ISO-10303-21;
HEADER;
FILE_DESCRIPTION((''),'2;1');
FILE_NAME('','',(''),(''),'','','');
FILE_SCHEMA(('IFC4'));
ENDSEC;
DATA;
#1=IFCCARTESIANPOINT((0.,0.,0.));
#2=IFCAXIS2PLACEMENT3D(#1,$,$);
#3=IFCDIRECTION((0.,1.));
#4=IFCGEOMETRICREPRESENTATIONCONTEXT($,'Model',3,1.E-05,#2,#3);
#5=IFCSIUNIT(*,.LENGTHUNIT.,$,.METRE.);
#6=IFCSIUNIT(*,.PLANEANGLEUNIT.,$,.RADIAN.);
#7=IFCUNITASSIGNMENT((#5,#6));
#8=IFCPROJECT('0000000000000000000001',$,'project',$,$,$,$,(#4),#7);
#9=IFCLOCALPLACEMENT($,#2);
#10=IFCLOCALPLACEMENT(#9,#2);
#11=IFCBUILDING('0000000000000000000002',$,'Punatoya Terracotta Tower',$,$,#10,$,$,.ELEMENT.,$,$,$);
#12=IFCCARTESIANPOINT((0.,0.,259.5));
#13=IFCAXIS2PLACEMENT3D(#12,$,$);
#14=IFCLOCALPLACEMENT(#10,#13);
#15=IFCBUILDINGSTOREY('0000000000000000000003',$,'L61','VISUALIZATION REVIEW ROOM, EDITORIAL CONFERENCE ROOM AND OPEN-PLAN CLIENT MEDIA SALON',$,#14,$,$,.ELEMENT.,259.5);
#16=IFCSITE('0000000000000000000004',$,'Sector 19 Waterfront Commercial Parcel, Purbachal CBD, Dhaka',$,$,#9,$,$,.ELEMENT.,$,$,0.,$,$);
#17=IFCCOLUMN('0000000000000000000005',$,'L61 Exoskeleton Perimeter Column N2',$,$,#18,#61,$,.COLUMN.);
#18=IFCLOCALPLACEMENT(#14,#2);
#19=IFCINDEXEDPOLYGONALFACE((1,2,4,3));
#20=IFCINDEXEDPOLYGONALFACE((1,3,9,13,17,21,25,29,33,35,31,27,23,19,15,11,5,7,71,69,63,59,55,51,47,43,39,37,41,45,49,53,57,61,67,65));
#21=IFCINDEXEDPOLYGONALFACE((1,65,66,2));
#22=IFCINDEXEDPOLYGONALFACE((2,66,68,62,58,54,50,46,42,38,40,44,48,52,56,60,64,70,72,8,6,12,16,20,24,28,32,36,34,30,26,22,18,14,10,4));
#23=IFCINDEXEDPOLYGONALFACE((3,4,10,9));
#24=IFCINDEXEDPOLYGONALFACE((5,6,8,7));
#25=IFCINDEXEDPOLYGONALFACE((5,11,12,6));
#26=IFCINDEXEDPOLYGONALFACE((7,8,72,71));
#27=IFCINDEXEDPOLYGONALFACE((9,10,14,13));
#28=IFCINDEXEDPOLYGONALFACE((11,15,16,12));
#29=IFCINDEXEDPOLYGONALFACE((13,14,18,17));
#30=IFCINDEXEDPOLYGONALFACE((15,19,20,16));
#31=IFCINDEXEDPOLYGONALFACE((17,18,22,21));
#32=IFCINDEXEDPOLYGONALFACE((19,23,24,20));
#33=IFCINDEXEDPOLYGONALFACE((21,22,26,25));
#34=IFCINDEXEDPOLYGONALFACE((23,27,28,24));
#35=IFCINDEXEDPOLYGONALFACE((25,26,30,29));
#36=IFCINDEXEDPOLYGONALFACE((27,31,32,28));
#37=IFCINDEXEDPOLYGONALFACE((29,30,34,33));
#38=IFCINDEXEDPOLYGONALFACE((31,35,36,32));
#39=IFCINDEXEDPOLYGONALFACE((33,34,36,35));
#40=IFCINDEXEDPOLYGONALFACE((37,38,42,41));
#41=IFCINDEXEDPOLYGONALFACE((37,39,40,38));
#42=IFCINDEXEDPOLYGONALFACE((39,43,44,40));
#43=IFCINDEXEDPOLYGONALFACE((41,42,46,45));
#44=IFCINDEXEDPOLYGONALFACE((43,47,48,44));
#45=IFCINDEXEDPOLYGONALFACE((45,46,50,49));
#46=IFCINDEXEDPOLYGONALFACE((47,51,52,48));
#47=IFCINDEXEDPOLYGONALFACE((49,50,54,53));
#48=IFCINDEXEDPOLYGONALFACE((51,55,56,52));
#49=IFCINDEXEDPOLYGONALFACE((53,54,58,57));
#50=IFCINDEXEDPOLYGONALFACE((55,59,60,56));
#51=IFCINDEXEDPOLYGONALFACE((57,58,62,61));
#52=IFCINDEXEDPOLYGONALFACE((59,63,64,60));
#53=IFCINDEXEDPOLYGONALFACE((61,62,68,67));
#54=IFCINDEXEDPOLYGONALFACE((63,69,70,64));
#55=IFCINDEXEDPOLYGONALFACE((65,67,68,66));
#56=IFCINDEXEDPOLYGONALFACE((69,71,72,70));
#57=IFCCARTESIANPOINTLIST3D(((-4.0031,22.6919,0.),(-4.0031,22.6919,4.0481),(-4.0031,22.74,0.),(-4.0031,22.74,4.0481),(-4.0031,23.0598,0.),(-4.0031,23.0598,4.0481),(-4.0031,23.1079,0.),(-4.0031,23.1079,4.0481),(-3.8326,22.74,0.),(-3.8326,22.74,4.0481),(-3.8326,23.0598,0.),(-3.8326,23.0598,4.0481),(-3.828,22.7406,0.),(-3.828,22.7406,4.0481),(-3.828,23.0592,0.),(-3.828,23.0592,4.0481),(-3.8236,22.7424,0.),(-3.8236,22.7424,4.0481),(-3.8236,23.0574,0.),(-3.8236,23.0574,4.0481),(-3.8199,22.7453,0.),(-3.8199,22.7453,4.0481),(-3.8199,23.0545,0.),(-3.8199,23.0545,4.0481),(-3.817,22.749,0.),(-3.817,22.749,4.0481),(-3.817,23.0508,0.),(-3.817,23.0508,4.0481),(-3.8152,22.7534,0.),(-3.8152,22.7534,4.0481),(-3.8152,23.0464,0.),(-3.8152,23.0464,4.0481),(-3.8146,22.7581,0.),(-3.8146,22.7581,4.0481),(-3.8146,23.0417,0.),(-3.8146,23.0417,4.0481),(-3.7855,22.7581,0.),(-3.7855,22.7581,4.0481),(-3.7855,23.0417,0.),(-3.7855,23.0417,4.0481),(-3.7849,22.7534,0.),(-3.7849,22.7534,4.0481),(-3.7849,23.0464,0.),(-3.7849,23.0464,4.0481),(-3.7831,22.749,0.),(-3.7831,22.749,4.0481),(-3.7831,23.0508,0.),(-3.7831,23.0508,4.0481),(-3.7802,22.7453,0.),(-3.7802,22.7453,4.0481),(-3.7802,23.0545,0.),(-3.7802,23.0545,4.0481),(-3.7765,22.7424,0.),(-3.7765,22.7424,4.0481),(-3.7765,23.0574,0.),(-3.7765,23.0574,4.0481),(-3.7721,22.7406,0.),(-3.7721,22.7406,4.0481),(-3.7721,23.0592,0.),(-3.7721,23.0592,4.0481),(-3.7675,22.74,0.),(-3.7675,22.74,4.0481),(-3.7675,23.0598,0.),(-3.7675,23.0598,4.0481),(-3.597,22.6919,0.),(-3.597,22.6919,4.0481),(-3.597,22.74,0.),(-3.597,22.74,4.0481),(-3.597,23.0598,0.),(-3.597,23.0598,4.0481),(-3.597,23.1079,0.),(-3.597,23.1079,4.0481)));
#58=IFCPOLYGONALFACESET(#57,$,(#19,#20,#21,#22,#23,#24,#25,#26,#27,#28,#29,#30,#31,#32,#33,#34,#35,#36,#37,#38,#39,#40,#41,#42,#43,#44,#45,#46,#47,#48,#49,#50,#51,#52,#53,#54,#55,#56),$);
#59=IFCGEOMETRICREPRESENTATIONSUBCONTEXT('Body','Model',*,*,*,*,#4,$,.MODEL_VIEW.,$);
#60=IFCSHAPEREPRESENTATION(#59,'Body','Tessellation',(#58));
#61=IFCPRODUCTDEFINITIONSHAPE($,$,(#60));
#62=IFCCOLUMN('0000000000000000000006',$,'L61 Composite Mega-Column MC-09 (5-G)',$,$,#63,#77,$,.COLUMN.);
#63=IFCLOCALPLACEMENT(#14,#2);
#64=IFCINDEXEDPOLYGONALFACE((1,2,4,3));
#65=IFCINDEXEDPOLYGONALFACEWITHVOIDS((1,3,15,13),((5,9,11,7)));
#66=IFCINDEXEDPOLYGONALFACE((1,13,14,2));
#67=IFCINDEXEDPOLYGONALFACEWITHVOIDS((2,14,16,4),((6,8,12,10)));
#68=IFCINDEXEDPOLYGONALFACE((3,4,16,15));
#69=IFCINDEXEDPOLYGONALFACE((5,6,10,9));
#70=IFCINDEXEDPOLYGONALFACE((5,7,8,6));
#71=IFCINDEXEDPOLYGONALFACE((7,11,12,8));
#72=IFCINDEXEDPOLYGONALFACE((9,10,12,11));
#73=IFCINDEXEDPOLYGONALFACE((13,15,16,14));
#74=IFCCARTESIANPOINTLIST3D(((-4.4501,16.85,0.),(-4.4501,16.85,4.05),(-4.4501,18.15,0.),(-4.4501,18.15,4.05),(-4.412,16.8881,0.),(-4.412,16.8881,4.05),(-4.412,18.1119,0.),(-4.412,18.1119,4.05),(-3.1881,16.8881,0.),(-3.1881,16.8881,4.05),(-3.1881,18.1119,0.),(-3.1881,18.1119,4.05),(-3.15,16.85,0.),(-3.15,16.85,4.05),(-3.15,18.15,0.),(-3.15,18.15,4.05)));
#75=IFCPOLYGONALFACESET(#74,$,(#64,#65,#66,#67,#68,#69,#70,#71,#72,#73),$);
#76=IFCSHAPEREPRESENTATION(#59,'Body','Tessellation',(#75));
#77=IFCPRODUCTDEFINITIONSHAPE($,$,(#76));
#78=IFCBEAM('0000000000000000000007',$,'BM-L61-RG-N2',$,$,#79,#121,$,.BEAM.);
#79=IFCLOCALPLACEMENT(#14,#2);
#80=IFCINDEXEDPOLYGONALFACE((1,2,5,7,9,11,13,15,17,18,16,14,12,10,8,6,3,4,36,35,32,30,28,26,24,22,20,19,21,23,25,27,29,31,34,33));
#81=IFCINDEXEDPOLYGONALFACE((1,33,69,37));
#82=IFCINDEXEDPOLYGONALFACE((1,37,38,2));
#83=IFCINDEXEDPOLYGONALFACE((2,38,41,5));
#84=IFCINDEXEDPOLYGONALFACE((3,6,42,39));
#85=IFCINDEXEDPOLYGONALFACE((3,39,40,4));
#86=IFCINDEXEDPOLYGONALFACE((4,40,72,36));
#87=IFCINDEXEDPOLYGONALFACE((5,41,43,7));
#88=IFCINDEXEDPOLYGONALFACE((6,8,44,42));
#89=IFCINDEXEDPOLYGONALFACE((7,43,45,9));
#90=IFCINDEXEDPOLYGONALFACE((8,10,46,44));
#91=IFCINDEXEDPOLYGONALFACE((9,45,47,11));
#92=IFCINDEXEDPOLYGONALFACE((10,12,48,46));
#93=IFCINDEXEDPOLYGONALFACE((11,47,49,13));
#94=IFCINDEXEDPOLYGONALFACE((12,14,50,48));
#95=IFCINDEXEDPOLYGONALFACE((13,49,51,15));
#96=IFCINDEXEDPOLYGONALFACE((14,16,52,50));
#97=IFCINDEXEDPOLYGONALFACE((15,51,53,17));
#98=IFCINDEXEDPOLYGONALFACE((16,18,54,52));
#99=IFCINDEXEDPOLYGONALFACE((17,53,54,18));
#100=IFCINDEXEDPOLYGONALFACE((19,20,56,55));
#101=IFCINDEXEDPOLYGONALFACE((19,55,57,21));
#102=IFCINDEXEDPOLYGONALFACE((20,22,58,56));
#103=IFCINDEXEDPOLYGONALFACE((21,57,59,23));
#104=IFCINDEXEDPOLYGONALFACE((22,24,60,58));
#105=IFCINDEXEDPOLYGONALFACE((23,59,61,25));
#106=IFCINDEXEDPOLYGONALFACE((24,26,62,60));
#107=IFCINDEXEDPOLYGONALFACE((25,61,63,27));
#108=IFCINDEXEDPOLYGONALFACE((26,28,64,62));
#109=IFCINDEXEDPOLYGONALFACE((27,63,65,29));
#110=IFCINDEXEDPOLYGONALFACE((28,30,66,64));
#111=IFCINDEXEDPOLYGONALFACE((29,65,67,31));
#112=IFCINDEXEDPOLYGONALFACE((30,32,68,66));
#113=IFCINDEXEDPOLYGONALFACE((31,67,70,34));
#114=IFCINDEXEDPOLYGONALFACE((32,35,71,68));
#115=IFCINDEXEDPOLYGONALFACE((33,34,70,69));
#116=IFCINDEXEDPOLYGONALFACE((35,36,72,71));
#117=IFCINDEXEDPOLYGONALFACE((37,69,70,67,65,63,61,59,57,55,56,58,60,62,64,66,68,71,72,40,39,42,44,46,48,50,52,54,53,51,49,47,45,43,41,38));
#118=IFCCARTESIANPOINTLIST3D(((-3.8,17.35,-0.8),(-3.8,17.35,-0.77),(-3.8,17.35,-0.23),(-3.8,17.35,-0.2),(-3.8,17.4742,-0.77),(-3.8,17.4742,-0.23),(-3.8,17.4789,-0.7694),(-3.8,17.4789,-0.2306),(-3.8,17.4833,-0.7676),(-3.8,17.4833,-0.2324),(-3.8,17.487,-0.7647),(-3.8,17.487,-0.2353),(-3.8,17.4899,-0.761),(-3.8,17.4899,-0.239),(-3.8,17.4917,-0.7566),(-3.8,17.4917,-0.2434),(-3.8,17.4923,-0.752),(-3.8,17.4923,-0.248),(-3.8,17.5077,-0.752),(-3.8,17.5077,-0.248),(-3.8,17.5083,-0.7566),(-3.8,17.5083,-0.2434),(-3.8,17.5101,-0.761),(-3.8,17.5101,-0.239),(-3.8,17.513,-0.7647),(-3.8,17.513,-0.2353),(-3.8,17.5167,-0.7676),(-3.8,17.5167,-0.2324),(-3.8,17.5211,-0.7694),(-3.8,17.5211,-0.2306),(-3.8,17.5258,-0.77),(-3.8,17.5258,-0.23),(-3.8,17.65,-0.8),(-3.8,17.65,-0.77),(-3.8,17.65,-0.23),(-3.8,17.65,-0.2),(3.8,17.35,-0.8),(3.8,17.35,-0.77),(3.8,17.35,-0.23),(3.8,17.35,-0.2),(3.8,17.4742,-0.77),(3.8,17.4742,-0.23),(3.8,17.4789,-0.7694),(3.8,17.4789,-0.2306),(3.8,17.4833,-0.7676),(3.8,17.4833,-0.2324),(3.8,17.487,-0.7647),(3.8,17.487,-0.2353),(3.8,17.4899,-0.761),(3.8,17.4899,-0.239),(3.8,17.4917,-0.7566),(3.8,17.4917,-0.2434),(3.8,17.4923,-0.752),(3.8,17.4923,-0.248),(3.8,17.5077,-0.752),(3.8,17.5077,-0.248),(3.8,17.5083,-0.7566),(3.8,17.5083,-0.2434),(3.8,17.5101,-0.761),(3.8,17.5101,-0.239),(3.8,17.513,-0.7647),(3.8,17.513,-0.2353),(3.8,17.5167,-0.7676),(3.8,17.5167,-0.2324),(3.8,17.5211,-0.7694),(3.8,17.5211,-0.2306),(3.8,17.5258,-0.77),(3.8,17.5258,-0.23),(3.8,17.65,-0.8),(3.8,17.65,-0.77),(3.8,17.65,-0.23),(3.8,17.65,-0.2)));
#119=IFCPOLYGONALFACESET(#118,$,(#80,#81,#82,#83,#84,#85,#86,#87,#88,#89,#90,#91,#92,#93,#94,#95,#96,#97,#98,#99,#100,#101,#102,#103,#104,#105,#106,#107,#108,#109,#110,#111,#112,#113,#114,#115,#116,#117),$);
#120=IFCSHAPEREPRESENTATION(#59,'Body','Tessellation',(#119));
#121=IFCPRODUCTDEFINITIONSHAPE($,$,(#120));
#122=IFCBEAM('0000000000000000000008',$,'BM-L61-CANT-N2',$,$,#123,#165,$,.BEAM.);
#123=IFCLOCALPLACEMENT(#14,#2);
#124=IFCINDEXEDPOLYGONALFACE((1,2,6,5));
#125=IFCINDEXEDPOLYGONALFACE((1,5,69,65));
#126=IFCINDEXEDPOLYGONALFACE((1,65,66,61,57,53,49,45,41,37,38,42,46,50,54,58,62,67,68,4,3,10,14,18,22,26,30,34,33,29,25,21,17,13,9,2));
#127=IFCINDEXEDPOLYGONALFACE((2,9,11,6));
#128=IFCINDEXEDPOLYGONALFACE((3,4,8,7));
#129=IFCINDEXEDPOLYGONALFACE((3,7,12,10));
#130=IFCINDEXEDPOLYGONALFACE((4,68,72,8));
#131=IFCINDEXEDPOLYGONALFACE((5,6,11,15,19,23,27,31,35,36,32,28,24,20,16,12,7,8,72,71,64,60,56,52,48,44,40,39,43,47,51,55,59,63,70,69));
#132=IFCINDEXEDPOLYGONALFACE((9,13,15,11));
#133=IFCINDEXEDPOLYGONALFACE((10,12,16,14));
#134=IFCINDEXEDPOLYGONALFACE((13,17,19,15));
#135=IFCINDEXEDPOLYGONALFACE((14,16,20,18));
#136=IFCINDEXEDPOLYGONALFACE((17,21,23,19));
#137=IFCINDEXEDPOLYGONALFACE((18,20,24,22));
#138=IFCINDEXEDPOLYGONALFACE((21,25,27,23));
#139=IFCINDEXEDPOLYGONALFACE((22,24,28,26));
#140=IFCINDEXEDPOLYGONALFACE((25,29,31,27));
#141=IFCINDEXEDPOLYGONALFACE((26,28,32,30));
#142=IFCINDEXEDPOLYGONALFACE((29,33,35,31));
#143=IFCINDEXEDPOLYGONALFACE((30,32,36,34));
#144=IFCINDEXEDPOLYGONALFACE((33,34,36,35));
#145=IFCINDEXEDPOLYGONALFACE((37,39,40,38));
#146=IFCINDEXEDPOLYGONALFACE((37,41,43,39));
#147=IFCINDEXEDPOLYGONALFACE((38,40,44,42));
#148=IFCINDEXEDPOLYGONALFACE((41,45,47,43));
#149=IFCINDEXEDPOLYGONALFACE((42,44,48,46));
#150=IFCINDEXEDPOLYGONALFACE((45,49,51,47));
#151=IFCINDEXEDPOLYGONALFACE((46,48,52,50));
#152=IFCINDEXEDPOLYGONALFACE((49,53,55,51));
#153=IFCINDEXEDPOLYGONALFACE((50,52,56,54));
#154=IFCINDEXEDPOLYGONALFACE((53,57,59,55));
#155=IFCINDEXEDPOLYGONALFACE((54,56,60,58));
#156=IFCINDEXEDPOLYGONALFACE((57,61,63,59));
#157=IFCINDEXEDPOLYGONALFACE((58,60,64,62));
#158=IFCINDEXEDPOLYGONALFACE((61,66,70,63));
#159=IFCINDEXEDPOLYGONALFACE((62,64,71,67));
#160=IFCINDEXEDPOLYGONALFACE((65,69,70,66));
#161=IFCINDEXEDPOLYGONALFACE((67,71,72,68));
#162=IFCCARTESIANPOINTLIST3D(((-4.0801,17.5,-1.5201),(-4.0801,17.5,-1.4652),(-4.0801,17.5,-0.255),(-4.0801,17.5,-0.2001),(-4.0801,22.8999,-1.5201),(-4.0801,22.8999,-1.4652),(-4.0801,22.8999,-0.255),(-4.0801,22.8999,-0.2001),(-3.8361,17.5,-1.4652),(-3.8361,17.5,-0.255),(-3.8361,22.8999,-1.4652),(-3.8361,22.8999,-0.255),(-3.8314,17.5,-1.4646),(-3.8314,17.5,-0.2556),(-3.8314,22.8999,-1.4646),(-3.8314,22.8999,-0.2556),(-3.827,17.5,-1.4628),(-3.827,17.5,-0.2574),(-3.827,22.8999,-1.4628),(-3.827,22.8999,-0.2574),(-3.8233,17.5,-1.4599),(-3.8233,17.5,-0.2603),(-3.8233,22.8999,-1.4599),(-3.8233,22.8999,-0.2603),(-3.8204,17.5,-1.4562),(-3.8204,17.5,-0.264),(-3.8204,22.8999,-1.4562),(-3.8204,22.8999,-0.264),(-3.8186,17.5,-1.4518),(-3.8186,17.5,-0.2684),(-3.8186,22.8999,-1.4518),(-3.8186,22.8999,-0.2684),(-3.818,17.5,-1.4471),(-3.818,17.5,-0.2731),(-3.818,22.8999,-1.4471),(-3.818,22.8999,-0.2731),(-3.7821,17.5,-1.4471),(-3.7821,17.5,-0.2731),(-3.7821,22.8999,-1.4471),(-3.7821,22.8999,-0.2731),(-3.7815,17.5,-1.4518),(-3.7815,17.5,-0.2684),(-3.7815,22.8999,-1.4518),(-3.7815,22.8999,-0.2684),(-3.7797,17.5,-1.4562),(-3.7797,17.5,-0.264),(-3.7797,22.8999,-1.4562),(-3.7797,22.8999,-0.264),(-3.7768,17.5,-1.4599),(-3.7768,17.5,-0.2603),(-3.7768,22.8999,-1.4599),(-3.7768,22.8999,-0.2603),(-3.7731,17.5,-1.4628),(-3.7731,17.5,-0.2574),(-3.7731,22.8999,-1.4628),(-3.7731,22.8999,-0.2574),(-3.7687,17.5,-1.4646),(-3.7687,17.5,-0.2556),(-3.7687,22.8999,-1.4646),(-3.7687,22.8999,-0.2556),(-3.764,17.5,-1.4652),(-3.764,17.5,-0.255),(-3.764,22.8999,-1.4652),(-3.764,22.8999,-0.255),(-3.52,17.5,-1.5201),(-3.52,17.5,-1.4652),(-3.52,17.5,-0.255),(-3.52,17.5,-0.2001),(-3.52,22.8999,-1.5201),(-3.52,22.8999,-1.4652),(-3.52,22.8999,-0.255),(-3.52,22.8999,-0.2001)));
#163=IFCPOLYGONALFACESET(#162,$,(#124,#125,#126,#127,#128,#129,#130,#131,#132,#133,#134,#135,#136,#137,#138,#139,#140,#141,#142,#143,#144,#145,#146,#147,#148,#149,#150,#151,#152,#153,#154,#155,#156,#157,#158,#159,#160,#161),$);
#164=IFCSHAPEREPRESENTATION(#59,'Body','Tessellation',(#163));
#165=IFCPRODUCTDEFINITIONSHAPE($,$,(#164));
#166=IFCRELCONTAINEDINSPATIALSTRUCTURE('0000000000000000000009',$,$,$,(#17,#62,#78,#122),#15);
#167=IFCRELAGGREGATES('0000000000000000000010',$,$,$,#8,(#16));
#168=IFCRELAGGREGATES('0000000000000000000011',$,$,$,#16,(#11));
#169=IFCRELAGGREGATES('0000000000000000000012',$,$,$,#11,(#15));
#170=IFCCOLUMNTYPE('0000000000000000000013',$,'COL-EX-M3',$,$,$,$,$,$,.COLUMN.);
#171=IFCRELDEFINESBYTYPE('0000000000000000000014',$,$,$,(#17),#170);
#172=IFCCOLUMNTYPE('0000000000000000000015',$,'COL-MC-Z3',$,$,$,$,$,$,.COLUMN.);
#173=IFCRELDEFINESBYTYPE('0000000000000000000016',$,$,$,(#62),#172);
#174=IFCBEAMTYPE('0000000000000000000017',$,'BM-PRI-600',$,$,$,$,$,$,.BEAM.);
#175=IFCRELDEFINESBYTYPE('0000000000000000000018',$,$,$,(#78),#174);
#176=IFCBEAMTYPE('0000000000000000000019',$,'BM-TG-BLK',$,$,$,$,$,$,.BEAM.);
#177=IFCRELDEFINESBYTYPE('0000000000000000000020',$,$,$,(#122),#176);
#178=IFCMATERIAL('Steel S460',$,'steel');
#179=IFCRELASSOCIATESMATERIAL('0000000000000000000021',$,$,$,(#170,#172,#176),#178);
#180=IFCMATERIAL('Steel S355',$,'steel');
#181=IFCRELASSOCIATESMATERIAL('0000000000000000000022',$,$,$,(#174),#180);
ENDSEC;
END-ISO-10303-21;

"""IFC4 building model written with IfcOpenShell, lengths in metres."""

from ifc_helpers import new_model, si_unit, direction, frame, origin, origin_2d, place, context, subcontext, project, spatial, hollow_rectangle, i_section, extrude, material, material_profile, profile_set, type_object, element, save


model = new_model("IFC4")

# Units and contexts
model_context = context("Model", 3, precision=1e-05, world=origin(), true_north=direction((0.0, 1.0)))
body_context = subcontext(model_context, "Body", "Model", "MODEL_VIEW")
ifc_project = project(units=[si_unit("LENGTHUNIT", "METRE"), si_unit("PLANEANGLEUNIT", "RADIAN")], contexts=[model_context])

# Site, building, storey
site_placement = place(None, origin())
site = spatial("IfcSite", under=ifc_project, at=site_placement, Name="Sector 19 Waterfront Commercial Parcel, Purbachal CBD, Dhaka", CompositionType="ELEMENT", RefElevation=0.0)
building_placement = place(site_placement, origin())
building = spatial("IfcBuilding", under=site, at=building_placement, Name="Punatoya Terracotta Tower", CompositionType="ELEMENT")
storey_placement = place(building_placement, frame((0.0, 0.0, 259.5)))
storey = spatial("IfcBuildingStorey", under=building, at=storey_placement, Name="L61", Description="VISUALIZATION REVIEW ROOM, EDITORIAL CONFERENCE ROOM AND OPEN-PLAN CLIENT MEDIA SALON", CompositionType="ELEMENT", Elevation=259.5)

# Columns
ifc_material_1 = material(Name="Steel S460", Category="steel")
ifc_material_profile_1 = material_profile(ifc_material_1, i_section(OverallWidth=0.406, OverallDepth=0.416, WebThickness=0.0291, FlangeThickness=0.0481, FilletRadius=0.0181, at=origin_2d()))
ifc_profile_set_1 = profile_set([ifc_material_profile_1], Name="Steel S460")
column_type_1 = type_object("IfcColumnType", Name="COL-EX-M3", PredefinedType="COLUMN", material=ifc_profile_set_1)
column_1_placement = place(storey_placement, frame((-3.8, 22.8999, 0.0), z_axis=(0.0, 0.0, 1.0), x_axis=(1.0, 0.0, 0.0)))
element("IfcColumn", 1, at=column_1_placement, inside=storey, type_object=column_type_1, Name="L61 Exoskeleton Perimeter Column N2", PredefinedType="COLUMN", context=body_context, shape_type="SweptSolid", body=[
    extrude(i_section(OverallWidth=0.406, OverallDepth=0.416, WebThickness=0.0291, FlangeThickness=0.0481, FilletRadius=0.0181, at=origin_2d()), origin(), (0.0, 0.0, 1.0), 4.0481),
])
ifc_material_profile_2 = material_profile(ifc_material_1, hollow_rectangle(XDim=1.3, YDim=1.3, WallThickness=0.0381, at=origin_2d()))
ifc_profile_set_2 = profile_set([ifc_material_profile_2], Name="Steel S460")
column_type_2 = type_object("IfcColumnType", Name="COL-MC-Z3", PredefinedType="COLUMN", material=ifc_profile_set_2)
column_2_placement = place(storey_placement, frame((-3.8, 17.5, 0.0), z_axis=(0.0, 0.0, 1.0), x_axis=(1.0, 0.0, 0.0)))
element("IfcColumn", 2, at=column_2_placement, inside=storey, type_object=column_type_2, Name="L61 Composite Mega-Column MC-09 (5-G)", PredefinedType="COLUMN", context=body_context, shape_type="SweptSolid", body=[
    extrude(hollow_rectangle(XDim=1.3, YDim=1.3, WallThickness=0.0381, at=origin_2d()), origin(), (0.0, 0.0, 1.0), 4.05),
])

# Beams
ifc_material_2 = material(Name="Steel S355", Category="steel")
ifc_material_profile_3 = material_profile(ifc_material_2, i_section(OverallWidth=0.3, OverallDepth=0.6001, WebThickness=0.0154, FlangeThickness=0.03, FilletRadius=0.0181, at=origin_2d()))
ifc_profile_set_3 = profile_set([ifc_material_profile_3], Name="Steel S355")
beam_type_1 = type_object("IfcBeamType", Name="BM-PRI-600", PredefinedType="BEAM", material=ifc_profile_set_3)
beam_1_placement = place(storey_placement, frame((-3.8, 17.5, -0.5), z_axis=(1.0, 0.0, 0.0), x_axis=(0.0, 1.0, 0.0)))
element("IfcBeam", 3, at=beam_1_placement, inside=storey, type_object=beam_type_1, Name="BM-L61-RG-N2", PredefinedType="BEAM", context=body_context, shape_type="SweptSolid", body=[
    extrude(i_section(OverallWidth=0.3, OverallDepth=0.6001, WebThickness=0.0154, FlangeThickness=0.03, FilletRadius=0.0181, at=origin_2d()), origin(), (0.0, 0.0, 1.0), 7.6001),
])
ifc_material_profile_4 = material_profile(ifc_material_1, i_section(OverallWidth=0.5601, OverallDepth=1.3201, WebThickness=0.0359, FlangeThickness=0.0549, FilletRadius=0.0181, at=origin_2d()))
ifc_profile_set_4 = profile_set([ifc_material_profile_4], Name="Steel S460")
beam_type_2 = type_object("IfcBeamType", Name="BM-TG-BLK", PredefinedType="BEAM", material=ifc_profile_set_4)
beam_2_placement = place(storey_placement, frame((-3.8, 17.5, -0.8601), z_axis=(0.0, 1.0, 0.0), x_axis=(-1.0, 0.0, 0.0)))
element("IfcBeam", 4, at=beam_2_placement, inside=storey, type_object=beam_type_2, Name="BM-L61-CANT-N2", PredefinedType="BEAM", context=body_context, shape_type="SweptSolid", body=[
    extrude(i_section(OverallWidth=0.5601, OverallDepth=1.3201, WebThickness=0.0359, FlangeThickness=0.0549, FilletRadius=0.0181, at=origin_2d()), origin(), (0.0, 0.0, 1.0), 5.3999),
])

save(model, "model.ifc")
